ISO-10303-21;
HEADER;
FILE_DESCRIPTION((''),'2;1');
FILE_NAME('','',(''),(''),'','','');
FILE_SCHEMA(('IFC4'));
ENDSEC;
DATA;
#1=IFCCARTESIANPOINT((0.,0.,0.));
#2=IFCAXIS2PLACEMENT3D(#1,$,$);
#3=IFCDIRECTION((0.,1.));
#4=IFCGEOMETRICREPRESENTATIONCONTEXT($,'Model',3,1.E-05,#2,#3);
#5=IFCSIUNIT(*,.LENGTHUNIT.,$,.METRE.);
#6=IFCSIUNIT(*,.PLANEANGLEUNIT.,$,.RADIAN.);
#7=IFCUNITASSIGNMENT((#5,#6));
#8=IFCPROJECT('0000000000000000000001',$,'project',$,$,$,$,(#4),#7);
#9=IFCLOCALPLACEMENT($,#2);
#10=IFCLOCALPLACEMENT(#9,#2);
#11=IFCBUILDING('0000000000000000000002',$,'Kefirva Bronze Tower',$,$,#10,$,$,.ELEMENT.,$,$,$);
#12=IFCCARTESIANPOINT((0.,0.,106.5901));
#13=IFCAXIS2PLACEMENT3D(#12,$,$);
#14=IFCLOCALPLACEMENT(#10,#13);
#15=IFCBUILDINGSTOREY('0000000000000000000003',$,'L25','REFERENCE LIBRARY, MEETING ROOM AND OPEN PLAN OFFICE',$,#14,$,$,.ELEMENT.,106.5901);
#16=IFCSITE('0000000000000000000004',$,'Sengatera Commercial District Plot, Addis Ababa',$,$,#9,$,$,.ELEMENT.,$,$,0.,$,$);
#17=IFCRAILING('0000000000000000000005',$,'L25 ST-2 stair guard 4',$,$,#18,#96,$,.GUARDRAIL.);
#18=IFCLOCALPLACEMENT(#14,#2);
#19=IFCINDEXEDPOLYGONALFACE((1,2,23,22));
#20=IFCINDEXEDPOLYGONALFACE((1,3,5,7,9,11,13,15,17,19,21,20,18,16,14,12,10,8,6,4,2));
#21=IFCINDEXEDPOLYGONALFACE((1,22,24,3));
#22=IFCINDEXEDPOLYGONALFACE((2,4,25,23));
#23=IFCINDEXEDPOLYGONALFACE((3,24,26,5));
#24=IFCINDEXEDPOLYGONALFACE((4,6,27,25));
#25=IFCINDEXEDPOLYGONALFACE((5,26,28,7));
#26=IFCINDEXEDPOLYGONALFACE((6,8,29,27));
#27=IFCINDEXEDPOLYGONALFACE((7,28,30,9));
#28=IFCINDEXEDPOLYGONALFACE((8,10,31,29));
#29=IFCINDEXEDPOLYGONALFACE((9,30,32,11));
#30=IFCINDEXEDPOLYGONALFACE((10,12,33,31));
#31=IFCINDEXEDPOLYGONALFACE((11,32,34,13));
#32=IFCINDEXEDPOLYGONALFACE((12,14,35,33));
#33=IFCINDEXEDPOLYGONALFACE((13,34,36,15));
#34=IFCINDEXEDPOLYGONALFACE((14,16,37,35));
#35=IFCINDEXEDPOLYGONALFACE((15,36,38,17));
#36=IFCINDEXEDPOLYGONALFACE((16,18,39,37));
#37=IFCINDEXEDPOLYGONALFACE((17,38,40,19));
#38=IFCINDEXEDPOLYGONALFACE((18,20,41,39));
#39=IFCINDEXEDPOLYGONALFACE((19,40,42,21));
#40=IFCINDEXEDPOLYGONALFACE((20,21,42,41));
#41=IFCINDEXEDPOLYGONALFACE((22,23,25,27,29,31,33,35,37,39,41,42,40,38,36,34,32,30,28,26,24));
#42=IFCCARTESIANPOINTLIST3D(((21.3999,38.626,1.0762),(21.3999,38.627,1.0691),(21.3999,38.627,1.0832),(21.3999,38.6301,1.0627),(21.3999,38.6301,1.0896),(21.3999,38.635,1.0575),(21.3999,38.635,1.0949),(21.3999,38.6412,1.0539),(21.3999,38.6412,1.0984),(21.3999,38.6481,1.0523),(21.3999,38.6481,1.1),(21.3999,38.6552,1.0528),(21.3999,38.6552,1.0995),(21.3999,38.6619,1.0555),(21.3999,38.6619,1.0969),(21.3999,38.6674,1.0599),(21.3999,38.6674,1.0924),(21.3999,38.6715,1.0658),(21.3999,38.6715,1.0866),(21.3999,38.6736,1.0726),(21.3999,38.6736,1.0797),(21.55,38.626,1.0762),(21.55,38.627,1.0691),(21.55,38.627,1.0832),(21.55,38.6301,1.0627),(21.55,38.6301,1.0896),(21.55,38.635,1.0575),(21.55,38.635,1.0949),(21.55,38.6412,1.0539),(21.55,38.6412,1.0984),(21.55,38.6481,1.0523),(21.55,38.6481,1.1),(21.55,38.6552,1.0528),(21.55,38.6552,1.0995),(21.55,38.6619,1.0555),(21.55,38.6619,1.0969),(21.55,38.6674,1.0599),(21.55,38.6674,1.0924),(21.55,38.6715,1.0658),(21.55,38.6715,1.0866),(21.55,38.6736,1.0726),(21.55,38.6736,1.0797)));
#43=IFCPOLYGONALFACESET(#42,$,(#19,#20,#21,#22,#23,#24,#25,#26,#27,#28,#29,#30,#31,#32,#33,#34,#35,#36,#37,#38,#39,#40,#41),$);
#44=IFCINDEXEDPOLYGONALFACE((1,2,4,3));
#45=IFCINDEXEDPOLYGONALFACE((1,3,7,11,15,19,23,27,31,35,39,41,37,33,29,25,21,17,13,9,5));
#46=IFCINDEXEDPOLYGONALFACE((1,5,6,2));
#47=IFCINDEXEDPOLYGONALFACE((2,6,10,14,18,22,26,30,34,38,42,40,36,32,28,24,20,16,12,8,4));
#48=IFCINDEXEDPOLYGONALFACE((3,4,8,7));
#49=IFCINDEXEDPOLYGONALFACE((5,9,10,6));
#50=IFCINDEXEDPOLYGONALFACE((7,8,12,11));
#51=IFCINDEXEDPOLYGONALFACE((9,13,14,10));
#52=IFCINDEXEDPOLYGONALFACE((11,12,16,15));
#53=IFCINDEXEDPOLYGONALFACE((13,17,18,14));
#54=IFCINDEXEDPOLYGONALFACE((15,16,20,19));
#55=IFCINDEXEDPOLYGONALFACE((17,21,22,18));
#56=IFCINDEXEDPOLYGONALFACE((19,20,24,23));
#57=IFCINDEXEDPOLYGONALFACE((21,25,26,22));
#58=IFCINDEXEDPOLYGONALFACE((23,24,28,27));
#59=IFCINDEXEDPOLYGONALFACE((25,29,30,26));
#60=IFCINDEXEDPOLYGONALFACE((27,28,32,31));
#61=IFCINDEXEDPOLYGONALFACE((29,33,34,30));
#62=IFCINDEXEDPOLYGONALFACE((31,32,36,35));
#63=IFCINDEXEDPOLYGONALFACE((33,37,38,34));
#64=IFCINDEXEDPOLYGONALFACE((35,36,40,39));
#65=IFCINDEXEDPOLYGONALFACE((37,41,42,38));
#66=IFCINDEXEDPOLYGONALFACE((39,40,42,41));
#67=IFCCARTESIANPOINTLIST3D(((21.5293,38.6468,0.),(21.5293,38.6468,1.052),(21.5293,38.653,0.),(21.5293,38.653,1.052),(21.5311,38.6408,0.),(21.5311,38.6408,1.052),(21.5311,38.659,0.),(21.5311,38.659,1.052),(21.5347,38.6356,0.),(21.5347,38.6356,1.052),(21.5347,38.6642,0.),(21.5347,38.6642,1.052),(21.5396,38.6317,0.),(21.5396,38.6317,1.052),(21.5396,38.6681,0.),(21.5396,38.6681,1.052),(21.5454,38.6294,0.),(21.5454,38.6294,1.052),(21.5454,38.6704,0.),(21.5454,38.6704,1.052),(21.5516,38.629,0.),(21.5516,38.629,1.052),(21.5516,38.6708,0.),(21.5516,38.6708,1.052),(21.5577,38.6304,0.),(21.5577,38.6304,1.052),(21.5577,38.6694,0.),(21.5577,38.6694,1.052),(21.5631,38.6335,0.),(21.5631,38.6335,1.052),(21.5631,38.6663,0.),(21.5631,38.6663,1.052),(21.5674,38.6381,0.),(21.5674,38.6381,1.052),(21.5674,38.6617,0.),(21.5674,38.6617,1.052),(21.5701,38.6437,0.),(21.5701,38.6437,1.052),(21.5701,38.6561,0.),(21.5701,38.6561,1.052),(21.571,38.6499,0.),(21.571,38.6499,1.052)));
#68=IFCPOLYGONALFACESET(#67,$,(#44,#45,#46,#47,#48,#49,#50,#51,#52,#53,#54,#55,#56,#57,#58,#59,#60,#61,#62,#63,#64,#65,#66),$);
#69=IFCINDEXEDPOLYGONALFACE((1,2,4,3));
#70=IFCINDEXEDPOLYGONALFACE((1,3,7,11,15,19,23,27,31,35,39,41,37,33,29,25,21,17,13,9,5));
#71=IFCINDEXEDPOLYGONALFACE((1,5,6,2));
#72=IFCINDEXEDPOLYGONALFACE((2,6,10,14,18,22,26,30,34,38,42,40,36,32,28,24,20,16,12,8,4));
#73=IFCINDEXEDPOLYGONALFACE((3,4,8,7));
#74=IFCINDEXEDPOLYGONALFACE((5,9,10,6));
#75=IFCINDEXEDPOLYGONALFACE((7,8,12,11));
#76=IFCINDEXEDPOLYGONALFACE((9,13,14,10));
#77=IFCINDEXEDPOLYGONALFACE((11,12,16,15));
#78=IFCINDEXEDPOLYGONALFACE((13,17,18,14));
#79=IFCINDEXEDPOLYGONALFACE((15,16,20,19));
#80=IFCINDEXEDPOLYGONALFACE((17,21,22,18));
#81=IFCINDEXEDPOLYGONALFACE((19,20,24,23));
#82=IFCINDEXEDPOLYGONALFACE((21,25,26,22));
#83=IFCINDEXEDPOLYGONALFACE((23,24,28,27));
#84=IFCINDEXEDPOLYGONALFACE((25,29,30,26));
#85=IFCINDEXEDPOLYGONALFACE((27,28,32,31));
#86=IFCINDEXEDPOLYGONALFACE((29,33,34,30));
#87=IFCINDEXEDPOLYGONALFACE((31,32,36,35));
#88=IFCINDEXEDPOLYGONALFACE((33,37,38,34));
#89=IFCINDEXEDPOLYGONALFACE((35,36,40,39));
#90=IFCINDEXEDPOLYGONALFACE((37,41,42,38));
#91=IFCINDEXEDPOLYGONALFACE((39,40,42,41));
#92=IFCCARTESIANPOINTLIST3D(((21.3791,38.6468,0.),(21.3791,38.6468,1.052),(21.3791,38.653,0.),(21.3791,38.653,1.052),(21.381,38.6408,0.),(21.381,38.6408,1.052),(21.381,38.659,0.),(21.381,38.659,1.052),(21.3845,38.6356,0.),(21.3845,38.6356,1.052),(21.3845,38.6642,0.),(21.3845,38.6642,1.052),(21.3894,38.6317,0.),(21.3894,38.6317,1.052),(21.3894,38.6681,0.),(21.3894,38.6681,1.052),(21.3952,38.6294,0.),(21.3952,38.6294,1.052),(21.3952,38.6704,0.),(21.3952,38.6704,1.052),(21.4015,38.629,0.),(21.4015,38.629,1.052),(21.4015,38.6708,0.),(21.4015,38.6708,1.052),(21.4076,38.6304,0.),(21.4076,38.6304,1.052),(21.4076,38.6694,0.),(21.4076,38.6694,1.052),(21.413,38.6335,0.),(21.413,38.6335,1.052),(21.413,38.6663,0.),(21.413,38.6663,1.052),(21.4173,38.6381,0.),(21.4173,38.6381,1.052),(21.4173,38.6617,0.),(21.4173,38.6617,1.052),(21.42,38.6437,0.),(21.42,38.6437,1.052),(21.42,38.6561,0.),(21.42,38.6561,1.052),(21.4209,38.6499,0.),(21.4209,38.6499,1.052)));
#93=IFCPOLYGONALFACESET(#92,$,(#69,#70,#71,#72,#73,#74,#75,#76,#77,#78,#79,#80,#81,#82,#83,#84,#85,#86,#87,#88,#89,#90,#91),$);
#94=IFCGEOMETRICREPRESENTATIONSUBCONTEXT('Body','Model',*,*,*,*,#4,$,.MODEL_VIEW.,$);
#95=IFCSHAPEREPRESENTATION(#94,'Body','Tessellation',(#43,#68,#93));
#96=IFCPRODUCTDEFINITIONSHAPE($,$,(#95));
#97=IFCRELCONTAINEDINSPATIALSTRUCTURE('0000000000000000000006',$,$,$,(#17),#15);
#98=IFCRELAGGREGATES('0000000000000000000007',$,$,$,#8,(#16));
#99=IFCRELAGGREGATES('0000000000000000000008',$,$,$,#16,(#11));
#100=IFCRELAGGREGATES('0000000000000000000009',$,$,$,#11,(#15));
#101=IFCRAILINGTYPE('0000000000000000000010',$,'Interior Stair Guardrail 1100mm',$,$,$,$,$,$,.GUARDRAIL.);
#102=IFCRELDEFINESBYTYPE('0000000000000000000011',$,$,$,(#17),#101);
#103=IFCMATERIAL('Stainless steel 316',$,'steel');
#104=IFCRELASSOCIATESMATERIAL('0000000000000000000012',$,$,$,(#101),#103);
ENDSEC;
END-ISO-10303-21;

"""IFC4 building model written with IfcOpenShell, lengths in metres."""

from ifc_helpers import new_model, si_unit, direction, frame, origin, origin_2d, place, context, subcontext, project, spatial, circle, extrude, material, type_object, element, save


model = new_model("IFC4")

# Units and contexts
model_context = context("Model", 3, precision=1e-05, world=origin(), true_north=direction((0.0, 1.0)))
body_context = subcontext(model_context, "Body", "Model", "MODEL_VIEW")
ifc_project = project(units=[si_unit("LENGTHUNIT", "METRE"), si_unit("PLANEANGLEUNIT", "RADIAN")], contexts=[model_context])

# Site, building, storey
site_placement = place(None, origin())
site = spatial("IfcSite", under=ifc_project, at=site_placement, Name="Sengatera Commercial District Plot, Addis Ababa", CompositionType="ELEMENT", RefElevation=0.0)
building_placement = place(site_placement, origin())
building = spatial("IfcBuilding", under=site, at=building_placement, Name="Kefirva Bronze Tower", CompositionType="ELEMENT")
storey_placement = place(building_placement, frame((0.0, 0.0, 106.5901)))
storey = spatial("IfcBuildingStorey", under=building, at=storey_placement, Name="L25", Description="REFERENCE LIBRARY, MEETING ROOM AND OPEN PLAN OFFICE", CompositionType="ELEMENT", Elevation=106.5901)

# Railing
ifc_material_1 = material(Name="Stainless steel 316", Category="steel")
railing_type = type_object("IfcRailingType", Name="Interior Stair Guardrail 1100mm", PredefinedType="GUARDRAIL", material=ifc_material_1)
railing_placement = place(storey_placement, frame((21.55, 38.6499, 0.0)))
element("IfcRailing", 1, at=railing_placement, inside=storey, type_object=railing_type, Name="L25 ST-2 stair guard 4", PredefinedType="GUARDRAIL", context=body_context, shape_type="SweptSolid", body=[
    extrude(circle(Radius=0.0239, at=origin_2d()), frame((0.0, 0.0, 1.0762), z_axis=(-1.0, 0.0, 0.0), x_axis=(0.0, -1.0, 0.0)), (0.0, 0.0, 1.0), 0.1501),
    extrude(circle(Radius=0.021, at=origin_2d()), origin(), (0.0, 0.0, 1.0), 1.052),
    extrude(circle(Radius=0.021, at=origin_2d()), frame((-0.1501, 0.0, 0.0)), (0.0, 0.0, 1.0), 1.052),
])

save(model, "model.ifc")
